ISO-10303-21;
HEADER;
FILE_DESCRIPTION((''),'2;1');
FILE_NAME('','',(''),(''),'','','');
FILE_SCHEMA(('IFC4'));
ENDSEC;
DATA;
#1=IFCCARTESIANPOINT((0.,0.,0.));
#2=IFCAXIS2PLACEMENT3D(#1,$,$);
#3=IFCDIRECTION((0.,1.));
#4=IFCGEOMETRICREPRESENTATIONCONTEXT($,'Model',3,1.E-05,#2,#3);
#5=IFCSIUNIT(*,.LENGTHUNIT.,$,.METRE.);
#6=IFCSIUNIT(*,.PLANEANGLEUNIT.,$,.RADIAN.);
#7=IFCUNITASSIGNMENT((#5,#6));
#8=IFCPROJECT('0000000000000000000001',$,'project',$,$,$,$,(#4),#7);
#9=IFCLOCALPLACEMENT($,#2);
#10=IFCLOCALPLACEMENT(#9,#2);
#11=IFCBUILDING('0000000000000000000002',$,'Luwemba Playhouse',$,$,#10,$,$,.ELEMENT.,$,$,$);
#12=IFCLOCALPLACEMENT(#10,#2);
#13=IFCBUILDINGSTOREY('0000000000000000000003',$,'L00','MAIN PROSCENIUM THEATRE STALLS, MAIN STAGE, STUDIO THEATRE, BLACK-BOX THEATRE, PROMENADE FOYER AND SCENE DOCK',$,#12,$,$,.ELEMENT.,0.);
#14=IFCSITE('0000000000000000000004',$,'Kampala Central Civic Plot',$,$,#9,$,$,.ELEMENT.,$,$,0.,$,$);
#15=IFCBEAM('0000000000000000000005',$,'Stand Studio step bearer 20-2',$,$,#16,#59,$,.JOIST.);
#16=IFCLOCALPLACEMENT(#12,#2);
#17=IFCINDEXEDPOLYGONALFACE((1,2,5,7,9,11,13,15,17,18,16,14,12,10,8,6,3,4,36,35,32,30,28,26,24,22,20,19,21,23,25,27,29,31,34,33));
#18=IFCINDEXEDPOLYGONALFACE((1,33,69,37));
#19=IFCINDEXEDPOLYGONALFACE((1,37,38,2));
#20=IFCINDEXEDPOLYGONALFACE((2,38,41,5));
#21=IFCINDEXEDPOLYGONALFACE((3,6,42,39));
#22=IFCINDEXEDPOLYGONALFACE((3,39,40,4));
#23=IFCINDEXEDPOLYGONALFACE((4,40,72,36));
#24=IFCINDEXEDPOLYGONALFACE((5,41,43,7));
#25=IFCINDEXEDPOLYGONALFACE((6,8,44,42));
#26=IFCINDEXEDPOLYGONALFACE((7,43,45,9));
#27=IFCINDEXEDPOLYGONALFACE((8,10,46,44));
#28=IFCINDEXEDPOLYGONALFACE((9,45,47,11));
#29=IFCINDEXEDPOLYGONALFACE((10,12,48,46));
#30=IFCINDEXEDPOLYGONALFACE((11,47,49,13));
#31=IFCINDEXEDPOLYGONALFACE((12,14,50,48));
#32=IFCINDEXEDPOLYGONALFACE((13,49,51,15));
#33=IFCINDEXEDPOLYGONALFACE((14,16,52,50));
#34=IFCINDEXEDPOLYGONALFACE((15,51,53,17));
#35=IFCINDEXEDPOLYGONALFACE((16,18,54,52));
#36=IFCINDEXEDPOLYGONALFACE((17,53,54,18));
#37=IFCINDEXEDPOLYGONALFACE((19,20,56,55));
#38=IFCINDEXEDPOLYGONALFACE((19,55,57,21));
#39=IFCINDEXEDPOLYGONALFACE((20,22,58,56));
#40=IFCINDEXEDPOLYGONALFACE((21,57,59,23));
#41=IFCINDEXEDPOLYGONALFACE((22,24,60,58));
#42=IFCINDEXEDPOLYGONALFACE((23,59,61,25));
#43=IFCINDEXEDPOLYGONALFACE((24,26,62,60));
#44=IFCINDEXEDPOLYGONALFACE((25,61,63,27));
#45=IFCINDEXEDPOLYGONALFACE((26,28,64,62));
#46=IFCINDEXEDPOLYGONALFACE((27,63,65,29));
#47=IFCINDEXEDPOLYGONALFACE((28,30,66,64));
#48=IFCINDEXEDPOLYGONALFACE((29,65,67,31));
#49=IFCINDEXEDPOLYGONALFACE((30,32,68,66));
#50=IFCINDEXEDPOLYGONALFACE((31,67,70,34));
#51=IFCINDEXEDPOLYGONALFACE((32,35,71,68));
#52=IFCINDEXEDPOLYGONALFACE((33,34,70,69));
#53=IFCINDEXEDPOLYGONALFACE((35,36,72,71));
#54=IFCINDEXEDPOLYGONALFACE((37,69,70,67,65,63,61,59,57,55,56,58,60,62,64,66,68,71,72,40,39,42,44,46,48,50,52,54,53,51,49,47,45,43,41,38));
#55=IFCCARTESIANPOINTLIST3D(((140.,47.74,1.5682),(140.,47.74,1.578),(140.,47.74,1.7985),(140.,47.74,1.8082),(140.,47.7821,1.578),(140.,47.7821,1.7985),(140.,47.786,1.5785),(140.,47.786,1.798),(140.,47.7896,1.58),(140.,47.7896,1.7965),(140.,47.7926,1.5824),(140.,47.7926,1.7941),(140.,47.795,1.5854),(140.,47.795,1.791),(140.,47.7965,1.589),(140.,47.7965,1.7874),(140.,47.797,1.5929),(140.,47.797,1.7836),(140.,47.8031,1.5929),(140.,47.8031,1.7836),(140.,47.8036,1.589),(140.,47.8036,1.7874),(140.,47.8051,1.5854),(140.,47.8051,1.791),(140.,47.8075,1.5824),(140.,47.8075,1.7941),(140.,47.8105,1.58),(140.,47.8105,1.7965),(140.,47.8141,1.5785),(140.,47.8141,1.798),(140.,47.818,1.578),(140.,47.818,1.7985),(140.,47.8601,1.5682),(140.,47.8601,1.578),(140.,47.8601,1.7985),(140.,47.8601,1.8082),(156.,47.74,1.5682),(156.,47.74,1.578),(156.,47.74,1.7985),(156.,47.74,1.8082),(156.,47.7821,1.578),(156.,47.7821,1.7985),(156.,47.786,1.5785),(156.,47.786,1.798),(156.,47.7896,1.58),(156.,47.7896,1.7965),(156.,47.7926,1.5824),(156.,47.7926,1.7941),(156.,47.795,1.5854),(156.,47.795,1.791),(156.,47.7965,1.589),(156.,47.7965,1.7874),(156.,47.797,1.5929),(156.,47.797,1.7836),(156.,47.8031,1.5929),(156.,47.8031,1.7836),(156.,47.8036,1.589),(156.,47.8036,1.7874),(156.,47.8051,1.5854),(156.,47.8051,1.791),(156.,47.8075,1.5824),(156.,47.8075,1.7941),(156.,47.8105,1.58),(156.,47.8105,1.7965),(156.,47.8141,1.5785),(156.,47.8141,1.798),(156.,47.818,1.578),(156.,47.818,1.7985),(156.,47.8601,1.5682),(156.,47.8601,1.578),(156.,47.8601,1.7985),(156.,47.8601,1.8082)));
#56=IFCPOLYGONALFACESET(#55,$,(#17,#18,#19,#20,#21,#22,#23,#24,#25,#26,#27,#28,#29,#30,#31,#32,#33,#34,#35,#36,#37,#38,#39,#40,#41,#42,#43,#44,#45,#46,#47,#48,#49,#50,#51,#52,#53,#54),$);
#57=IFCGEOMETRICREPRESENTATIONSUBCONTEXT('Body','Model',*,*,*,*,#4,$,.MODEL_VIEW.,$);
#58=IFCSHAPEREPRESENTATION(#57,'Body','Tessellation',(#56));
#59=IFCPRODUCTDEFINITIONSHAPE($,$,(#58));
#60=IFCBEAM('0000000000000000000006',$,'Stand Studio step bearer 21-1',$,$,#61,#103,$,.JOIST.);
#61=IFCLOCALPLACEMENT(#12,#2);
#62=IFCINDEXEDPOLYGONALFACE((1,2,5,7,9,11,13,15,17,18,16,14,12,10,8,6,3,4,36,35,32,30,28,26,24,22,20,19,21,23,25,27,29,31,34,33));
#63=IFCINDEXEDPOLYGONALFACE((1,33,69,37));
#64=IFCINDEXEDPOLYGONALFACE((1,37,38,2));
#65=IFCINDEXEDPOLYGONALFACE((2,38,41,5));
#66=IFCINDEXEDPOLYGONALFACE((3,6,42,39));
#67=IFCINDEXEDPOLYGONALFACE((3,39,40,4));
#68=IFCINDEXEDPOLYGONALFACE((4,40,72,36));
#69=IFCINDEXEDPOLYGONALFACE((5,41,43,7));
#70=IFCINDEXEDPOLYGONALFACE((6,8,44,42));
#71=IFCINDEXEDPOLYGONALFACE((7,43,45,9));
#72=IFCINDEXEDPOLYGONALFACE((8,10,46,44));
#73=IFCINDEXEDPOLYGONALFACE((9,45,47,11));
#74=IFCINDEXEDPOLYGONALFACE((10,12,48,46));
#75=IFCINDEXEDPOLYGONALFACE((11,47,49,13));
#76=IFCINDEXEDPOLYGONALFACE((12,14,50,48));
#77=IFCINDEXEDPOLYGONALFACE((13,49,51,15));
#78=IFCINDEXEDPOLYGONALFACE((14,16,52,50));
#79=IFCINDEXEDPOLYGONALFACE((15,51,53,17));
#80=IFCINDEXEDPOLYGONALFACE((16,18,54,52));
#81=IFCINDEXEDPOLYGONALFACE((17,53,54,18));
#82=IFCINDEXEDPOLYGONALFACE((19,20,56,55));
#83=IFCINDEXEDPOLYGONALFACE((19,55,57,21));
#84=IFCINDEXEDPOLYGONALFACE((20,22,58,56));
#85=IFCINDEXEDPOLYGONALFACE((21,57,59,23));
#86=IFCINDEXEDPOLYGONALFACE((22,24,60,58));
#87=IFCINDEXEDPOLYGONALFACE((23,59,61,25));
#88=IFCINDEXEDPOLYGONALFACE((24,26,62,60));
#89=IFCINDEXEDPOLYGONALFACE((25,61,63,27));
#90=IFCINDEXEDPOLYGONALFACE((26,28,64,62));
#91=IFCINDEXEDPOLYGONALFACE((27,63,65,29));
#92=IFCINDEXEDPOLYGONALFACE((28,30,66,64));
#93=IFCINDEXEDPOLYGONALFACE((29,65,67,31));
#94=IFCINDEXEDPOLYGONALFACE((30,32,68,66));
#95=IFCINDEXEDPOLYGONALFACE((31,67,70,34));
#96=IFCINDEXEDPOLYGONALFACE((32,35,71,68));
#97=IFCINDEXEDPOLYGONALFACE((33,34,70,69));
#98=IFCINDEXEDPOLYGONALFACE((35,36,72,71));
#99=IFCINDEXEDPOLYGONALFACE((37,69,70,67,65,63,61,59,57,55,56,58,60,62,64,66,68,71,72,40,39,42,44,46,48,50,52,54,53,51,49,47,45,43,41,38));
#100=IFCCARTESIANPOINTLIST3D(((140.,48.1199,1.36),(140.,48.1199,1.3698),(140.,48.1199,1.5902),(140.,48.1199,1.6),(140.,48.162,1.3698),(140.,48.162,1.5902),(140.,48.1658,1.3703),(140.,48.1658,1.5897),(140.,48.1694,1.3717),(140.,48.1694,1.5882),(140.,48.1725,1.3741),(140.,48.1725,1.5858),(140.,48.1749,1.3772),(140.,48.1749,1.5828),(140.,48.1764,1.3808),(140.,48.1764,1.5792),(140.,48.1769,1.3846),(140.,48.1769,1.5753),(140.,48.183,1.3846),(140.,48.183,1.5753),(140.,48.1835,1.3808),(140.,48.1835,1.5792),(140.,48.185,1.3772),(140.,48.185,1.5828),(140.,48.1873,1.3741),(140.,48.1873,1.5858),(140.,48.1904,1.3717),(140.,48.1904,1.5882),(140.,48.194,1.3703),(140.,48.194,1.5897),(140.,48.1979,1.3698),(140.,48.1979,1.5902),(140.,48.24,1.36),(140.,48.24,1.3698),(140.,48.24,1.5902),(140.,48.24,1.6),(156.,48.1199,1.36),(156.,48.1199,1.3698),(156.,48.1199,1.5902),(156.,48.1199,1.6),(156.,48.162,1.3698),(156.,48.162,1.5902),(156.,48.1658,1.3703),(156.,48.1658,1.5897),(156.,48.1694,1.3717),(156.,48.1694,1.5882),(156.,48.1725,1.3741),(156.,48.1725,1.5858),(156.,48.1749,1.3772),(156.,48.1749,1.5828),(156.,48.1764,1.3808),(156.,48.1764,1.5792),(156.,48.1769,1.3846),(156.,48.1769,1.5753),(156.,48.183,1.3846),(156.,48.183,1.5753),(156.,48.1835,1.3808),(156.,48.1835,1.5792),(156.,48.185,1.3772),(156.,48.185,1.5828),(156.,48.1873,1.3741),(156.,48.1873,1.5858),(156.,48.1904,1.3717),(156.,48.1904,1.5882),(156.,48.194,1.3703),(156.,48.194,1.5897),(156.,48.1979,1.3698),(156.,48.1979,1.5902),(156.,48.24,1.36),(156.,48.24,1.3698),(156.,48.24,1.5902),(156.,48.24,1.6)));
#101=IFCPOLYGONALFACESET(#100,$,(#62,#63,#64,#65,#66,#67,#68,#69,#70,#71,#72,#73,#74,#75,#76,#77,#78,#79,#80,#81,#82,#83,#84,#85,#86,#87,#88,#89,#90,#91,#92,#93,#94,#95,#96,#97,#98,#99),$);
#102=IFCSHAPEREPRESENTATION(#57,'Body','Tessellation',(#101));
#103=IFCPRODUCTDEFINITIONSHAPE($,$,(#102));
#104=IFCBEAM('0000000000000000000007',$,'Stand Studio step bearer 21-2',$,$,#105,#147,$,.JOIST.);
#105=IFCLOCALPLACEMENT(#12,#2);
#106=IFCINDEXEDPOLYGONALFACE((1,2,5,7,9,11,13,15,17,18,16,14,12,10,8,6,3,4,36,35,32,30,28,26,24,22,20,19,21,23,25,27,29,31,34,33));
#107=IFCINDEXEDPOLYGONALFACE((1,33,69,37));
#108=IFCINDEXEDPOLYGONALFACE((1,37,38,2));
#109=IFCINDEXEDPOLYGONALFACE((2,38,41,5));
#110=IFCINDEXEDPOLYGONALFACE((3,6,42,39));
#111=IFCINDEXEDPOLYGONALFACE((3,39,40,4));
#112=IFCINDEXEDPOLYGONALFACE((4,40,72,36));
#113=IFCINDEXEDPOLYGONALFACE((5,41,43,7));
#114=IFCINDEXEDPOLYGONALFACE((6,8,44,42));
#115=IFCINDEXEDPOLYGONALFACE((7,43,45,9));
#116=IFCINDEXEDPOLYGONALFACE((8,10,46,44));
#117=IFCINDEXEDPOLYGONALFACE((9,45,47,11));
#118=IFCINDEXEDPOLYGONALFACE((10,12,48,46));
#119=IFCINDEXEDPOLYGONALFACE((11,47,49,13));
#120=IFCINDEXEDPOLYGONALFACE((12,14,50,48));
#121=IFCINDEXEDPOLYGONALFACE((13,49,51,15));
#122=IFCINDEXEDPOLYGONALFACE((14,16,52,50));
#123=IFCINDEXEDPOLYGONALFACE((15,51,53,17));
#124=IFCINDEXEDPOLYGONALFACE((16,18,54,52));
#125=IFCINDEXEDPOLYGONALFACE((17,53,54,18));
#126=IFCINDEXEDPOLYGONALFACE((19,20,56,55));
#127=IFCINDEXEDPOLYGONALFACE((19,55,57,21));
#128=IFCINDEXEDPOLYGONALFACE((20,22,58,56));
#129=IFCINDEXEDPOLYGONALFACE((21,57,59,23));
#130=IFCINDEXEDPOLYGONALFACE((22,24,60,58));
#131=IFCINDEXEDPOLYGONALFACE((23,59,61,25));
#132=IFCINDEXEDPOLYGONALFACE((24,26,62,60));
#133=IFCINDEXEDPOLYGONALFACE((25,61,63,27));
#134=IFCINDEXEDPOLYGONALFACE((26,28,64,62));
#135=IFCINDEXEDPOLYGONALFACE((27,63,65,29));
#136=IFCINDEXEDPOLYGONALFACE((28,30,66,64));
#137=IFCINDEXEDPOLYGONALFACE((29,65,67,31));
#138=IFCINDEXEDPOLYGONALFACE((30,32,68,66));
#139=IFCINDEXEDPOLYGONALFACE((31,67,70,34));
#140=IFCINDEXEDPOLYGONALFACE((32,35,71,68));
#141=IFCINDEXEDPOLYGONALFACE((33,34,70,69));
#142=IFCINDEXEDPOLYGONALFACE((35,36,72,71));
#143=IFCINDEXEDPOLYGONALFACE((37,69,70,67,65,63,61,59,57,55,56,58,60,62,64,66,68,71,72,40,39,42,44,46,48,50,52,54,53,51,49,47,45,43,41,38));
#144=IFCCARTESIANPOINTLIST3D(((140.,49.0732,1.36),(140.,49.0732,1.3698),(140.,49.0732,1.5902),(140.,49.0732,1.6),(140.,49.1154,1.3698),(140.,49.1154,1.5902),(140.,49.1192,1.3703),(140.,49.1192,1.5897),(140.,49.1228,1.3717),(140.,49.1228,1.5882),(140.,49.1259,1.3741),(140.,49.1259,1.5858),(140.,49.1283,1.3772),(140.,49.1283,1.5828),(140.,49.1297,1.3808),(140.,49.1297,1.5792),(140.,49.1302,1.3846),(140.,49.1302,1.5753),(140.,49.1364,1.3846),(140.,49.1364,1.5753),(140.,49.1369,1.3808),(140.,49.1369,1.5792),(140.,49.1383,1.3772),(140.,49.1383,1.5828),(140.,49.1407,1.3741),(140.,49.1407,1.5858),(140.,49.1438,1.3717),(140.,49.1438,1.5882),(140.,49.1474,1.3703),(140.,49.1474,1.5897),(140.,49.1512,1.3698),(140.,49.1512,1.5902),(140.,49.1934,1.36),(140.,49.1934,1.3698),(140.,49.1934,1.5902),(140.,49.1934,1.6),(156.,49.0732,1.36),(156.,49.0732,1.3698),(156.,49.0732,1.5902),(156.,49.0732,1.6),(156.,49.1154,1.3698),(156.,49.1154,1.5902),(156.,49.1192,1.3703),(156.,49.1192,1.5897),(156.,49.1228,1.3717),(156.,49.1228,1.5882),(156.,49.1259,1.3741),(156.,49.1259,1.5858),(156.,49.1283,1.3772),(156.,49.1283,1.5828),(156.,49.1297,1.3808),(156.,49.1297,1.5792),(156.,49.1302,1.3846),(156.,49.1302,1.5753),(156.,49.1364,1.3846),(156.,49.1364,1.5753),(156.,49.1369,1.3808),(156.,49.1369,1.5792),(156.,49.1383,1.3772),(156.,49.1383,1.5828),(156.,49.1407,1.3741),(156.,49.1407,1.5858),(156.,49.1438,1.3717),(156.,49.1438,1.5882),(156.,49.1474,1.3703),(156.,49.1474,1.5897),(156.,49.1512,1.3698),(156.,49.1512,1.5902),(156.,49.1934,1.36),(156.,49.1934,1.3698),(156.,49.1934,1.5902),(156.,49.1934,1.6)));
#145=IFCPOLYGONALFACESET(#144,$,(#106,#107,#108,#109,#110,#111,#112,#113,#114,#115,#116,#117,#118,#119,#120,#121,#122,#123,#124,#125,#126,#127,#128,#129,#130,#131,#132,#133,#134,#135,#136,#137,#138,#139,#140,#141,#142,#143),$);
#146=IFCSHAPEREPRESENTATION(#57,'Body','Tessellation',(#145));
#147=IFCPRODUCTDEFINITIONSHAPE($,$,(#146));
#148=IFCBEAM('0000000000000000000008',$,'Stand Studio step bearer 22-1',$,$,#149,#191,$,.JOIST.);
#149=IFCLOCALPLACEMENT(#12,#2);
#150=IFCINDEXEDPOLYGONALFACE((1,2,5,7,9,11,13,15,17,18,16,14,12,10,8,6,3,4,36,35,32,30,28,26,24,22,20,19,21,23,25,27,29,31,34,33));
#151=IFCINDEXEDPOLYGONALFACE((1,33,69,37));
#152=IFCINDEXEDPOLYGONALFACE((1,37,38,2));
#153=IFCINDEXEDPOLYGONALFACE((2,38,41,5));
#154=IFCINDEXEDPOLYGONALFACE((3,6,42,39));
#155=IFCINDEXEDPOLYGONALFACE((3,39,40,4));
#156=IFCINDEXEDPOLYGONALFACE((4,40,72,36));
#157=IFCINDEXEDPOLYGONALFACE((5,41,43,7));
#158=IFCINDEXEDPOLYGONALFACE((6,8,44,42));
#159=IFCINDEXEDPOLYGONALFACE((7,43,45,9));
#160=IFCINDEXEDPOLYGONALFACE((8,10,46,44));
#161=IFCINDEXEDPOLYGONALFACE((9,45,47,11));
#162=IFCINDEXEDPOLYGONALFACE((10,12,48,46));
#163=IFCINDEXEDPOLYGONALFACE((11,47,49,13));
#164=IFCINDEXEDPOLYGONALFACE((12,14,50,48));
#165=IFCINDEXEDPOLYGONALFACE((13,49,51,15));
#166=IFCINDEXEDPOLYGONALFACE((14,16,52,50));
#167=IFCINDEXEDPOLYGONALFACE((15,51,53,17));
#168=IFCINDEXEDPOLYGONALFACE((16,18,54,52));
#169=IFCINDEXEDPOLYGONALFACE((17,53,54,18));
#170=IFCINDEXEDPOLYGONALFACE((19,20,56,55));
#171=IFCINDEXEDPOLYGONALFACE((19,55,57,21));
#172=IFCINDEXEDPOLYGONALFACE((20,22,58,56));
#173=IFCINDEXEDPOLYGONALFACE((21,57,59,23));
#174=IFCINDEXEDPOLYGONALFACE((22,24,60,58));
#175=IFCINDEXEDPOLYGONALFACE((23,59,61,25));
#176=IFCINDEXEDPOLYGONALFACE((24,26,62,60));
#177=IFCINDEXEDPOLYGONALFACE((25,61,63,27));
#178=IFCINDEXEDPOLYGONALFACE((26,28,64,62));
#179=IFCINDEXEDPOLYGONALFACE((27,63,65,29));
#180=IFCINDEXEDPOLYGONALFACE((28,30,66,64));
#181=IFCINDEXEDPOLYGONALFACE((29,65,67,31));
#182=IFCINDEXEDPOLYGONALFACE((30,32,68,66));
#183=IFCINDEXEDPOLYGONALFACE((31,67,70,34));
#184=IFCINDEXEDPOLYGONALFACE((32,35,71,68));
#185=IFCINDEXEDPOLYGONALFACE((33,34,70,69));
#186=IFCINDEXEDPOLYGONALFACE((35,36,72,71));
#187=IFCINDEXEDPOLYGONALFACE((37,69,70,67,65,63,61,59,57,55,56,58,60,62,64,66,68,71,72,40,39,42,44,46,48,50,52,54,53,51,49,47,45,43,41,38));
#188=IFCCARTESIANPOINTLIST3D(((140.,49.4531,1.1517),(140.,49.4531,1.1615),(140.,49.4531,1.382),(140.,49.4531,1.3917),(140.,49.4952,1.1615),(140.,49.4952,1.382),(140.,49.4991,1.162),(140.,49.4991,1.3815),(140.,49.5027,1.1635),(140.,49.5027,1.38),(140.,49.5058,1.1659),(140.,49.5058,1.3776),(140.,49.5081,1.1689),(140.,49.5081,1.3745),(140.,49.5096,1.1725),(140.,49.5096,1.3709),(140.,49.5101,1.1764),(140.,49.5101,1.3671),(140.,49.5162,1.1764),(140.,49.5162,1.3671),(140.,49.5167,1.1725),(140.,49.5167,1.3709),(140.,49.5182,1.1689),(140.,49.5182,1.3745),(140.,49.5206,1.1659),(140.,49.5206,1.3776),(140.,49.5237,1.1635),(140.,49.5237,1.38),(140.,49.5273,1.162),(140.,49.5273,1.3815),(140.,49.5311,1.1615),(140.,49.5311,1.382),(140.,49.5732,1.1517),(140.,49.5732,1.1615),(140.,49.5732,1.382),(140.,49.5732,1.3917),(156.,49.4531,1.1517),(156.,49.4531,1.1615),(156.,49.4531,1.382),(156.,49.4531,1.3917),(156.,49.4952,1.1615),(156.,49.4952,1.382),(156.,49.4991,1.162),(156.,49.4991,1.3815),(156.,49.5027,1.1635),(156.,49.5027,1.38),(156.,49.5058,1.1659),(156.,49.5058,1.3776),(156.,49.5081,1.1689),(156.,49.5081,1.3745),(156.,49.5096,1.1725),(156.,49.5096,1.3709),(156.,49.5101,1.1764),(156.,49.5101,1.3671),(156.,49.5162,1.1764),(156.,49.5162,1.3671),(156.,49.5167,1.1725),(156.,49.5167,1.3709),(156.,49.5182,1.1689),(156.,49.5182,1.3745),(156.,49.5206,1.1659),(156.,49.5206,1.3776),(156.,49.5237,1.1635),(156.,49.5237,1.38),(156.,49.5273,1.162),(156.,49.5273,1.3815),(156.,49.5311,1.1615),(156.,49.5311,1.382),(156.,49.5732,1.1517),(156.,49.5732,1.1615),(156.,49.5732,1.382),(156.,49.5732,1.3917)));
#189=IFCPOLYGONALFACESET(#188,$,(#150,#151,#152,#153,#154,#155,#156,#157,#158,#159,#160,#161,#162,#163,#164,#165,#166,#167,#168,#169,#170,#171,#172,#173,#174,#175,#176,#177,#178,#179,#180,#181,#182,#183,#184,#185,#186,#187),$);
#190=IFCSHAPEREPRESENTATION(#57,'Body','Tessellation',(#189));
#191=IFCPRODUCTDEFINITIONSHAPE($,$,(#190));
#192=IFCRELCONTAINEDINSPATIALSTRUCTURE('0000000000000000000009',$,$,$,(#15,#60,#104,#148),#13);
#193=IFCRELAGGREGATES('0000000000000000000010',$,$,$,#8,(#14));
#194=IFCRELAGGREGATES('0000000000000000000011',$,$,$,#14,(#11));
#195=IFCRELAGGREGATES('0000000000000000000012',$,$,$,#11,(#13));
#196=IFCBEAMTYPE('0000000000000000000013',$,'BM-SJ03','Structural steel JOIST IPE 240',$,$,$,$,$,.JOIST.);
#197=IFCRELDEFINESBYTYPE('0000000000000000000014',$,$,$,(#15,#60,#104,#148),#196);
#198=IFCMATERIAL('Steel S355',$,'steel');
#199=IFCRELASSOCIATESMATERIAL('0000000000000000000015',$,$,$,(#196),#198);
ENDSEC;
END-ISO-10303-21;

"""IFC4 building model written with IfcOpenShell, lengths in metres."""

from ifc_helpers import new_model, si_unit, direction, frame, origin, origin_2d, place, context, subcontext, project, spatial, i_section, extrude, material, material_profile, profile_set, type_object, element, save


model = new_model("IFC4")

# Units and contexts
model_context = context("Model", 3, precision=1e-05, world=origin(), true_north=direction((0.0, 1.0)))
body_context = subcontext(model_context, "Body", "Model", "MODEL_VIEW")
ifc_project = project(units=[si_unit("LENGTHUNIT", "METRE"), si_unit("PLANEANGLEUNIT", "RADIAN")], contexts=[model_context])

# Site, building, storey
site_placement = place(None, origin())
site = spatial("IfcSite", under=ifc_project, at=site_placement, Name="Kampala Central Civic Plot", CompositionType="ELEMENT", RefElevation=0.0)
building_placement = place(site_placement, origin())
building = spatial("IfcBuilding", under=site, at=building_placement, Name="Luwemba Playhouse", CompositionType="ELEMENT")
storey_placement = place(building_placement, origin())
storey = spatial("IfcBuildingStorey", under=building, at=storey_placement, Name="L00", Description="MAIN PROSCENIUM THEATRE STALLS, MAIN STAGE, STUDIO THEATRE, BLACK-BOX THEATRE, PROMENADE FOYER AND SCENE DOCK", CompositionType="ELEMENT", Elevation=0.0)

# Beams
ifc_material_1 = material(Name="Steel S355", Category="steel")
ifc_material_profile_1 = material_profile(ifc_material_1, i_section(OverallWidth=0.1201, OverallDepth=0.24, WebThickness=0.0061, FlangeThickness=0.0098, FilletRadius=0.0149, at=origin_2d()))
ifc_profile_set_1 = profile_set([ifc_material_profile_1], Name="Steel S355")
beam_type_1 = type_object("IfcBeamType", Name="BM-SJ03", Description="Structural steel JOIST IPE 240", PredefinedType="JOIST", material=ifc_profile_set_1)
for number, where, z_axis, x_axis, name in (
    (1, (140.0, 47.8, 1.6882), (1.0, 0.0, 0.0), (0.0, 1.0, 0.0), "Stand Studio step bearer 20-2"),
    (2, (140.0, 48.1799, 1.48), (1.0, 0.0, 0.0), (0.0, 1.0, 0.0), "Stand Studio step bearer 21-1"),
    (3, (140.0, 49.1333, 1.48), (1.0, 0.0, 0.0), (0.0, 1.0, 0.0), "Stand Studio step bearer 21-2"),
    (4, (140.0, 49.5132, 1.2717), (1.0, 0.0, 0.0), (0.0, 1.0, 0.0), "Stand Studio step bearer 22-1"),
):
    element("IfcBeam", number, at=place(storey_placement, frame(where, z_axis=z_axis, x_axis=x_axis)), inside=storey, type_object=beam_type_1, Name=name, PredefinedType="JOIST", context=body_context, shape_type="SweptSolid", body=[
        extrude(i_section(OverallWidth=0.1201, OverallDepth=0.24, WebThickness=0.0061, FlangeThickness=0.0098, FilletRadius=0.0149, at=origin_2d()), origin(), (0.0, 0.0, 1.0), 16.0),
    ])

save(model, "model.ifc")
